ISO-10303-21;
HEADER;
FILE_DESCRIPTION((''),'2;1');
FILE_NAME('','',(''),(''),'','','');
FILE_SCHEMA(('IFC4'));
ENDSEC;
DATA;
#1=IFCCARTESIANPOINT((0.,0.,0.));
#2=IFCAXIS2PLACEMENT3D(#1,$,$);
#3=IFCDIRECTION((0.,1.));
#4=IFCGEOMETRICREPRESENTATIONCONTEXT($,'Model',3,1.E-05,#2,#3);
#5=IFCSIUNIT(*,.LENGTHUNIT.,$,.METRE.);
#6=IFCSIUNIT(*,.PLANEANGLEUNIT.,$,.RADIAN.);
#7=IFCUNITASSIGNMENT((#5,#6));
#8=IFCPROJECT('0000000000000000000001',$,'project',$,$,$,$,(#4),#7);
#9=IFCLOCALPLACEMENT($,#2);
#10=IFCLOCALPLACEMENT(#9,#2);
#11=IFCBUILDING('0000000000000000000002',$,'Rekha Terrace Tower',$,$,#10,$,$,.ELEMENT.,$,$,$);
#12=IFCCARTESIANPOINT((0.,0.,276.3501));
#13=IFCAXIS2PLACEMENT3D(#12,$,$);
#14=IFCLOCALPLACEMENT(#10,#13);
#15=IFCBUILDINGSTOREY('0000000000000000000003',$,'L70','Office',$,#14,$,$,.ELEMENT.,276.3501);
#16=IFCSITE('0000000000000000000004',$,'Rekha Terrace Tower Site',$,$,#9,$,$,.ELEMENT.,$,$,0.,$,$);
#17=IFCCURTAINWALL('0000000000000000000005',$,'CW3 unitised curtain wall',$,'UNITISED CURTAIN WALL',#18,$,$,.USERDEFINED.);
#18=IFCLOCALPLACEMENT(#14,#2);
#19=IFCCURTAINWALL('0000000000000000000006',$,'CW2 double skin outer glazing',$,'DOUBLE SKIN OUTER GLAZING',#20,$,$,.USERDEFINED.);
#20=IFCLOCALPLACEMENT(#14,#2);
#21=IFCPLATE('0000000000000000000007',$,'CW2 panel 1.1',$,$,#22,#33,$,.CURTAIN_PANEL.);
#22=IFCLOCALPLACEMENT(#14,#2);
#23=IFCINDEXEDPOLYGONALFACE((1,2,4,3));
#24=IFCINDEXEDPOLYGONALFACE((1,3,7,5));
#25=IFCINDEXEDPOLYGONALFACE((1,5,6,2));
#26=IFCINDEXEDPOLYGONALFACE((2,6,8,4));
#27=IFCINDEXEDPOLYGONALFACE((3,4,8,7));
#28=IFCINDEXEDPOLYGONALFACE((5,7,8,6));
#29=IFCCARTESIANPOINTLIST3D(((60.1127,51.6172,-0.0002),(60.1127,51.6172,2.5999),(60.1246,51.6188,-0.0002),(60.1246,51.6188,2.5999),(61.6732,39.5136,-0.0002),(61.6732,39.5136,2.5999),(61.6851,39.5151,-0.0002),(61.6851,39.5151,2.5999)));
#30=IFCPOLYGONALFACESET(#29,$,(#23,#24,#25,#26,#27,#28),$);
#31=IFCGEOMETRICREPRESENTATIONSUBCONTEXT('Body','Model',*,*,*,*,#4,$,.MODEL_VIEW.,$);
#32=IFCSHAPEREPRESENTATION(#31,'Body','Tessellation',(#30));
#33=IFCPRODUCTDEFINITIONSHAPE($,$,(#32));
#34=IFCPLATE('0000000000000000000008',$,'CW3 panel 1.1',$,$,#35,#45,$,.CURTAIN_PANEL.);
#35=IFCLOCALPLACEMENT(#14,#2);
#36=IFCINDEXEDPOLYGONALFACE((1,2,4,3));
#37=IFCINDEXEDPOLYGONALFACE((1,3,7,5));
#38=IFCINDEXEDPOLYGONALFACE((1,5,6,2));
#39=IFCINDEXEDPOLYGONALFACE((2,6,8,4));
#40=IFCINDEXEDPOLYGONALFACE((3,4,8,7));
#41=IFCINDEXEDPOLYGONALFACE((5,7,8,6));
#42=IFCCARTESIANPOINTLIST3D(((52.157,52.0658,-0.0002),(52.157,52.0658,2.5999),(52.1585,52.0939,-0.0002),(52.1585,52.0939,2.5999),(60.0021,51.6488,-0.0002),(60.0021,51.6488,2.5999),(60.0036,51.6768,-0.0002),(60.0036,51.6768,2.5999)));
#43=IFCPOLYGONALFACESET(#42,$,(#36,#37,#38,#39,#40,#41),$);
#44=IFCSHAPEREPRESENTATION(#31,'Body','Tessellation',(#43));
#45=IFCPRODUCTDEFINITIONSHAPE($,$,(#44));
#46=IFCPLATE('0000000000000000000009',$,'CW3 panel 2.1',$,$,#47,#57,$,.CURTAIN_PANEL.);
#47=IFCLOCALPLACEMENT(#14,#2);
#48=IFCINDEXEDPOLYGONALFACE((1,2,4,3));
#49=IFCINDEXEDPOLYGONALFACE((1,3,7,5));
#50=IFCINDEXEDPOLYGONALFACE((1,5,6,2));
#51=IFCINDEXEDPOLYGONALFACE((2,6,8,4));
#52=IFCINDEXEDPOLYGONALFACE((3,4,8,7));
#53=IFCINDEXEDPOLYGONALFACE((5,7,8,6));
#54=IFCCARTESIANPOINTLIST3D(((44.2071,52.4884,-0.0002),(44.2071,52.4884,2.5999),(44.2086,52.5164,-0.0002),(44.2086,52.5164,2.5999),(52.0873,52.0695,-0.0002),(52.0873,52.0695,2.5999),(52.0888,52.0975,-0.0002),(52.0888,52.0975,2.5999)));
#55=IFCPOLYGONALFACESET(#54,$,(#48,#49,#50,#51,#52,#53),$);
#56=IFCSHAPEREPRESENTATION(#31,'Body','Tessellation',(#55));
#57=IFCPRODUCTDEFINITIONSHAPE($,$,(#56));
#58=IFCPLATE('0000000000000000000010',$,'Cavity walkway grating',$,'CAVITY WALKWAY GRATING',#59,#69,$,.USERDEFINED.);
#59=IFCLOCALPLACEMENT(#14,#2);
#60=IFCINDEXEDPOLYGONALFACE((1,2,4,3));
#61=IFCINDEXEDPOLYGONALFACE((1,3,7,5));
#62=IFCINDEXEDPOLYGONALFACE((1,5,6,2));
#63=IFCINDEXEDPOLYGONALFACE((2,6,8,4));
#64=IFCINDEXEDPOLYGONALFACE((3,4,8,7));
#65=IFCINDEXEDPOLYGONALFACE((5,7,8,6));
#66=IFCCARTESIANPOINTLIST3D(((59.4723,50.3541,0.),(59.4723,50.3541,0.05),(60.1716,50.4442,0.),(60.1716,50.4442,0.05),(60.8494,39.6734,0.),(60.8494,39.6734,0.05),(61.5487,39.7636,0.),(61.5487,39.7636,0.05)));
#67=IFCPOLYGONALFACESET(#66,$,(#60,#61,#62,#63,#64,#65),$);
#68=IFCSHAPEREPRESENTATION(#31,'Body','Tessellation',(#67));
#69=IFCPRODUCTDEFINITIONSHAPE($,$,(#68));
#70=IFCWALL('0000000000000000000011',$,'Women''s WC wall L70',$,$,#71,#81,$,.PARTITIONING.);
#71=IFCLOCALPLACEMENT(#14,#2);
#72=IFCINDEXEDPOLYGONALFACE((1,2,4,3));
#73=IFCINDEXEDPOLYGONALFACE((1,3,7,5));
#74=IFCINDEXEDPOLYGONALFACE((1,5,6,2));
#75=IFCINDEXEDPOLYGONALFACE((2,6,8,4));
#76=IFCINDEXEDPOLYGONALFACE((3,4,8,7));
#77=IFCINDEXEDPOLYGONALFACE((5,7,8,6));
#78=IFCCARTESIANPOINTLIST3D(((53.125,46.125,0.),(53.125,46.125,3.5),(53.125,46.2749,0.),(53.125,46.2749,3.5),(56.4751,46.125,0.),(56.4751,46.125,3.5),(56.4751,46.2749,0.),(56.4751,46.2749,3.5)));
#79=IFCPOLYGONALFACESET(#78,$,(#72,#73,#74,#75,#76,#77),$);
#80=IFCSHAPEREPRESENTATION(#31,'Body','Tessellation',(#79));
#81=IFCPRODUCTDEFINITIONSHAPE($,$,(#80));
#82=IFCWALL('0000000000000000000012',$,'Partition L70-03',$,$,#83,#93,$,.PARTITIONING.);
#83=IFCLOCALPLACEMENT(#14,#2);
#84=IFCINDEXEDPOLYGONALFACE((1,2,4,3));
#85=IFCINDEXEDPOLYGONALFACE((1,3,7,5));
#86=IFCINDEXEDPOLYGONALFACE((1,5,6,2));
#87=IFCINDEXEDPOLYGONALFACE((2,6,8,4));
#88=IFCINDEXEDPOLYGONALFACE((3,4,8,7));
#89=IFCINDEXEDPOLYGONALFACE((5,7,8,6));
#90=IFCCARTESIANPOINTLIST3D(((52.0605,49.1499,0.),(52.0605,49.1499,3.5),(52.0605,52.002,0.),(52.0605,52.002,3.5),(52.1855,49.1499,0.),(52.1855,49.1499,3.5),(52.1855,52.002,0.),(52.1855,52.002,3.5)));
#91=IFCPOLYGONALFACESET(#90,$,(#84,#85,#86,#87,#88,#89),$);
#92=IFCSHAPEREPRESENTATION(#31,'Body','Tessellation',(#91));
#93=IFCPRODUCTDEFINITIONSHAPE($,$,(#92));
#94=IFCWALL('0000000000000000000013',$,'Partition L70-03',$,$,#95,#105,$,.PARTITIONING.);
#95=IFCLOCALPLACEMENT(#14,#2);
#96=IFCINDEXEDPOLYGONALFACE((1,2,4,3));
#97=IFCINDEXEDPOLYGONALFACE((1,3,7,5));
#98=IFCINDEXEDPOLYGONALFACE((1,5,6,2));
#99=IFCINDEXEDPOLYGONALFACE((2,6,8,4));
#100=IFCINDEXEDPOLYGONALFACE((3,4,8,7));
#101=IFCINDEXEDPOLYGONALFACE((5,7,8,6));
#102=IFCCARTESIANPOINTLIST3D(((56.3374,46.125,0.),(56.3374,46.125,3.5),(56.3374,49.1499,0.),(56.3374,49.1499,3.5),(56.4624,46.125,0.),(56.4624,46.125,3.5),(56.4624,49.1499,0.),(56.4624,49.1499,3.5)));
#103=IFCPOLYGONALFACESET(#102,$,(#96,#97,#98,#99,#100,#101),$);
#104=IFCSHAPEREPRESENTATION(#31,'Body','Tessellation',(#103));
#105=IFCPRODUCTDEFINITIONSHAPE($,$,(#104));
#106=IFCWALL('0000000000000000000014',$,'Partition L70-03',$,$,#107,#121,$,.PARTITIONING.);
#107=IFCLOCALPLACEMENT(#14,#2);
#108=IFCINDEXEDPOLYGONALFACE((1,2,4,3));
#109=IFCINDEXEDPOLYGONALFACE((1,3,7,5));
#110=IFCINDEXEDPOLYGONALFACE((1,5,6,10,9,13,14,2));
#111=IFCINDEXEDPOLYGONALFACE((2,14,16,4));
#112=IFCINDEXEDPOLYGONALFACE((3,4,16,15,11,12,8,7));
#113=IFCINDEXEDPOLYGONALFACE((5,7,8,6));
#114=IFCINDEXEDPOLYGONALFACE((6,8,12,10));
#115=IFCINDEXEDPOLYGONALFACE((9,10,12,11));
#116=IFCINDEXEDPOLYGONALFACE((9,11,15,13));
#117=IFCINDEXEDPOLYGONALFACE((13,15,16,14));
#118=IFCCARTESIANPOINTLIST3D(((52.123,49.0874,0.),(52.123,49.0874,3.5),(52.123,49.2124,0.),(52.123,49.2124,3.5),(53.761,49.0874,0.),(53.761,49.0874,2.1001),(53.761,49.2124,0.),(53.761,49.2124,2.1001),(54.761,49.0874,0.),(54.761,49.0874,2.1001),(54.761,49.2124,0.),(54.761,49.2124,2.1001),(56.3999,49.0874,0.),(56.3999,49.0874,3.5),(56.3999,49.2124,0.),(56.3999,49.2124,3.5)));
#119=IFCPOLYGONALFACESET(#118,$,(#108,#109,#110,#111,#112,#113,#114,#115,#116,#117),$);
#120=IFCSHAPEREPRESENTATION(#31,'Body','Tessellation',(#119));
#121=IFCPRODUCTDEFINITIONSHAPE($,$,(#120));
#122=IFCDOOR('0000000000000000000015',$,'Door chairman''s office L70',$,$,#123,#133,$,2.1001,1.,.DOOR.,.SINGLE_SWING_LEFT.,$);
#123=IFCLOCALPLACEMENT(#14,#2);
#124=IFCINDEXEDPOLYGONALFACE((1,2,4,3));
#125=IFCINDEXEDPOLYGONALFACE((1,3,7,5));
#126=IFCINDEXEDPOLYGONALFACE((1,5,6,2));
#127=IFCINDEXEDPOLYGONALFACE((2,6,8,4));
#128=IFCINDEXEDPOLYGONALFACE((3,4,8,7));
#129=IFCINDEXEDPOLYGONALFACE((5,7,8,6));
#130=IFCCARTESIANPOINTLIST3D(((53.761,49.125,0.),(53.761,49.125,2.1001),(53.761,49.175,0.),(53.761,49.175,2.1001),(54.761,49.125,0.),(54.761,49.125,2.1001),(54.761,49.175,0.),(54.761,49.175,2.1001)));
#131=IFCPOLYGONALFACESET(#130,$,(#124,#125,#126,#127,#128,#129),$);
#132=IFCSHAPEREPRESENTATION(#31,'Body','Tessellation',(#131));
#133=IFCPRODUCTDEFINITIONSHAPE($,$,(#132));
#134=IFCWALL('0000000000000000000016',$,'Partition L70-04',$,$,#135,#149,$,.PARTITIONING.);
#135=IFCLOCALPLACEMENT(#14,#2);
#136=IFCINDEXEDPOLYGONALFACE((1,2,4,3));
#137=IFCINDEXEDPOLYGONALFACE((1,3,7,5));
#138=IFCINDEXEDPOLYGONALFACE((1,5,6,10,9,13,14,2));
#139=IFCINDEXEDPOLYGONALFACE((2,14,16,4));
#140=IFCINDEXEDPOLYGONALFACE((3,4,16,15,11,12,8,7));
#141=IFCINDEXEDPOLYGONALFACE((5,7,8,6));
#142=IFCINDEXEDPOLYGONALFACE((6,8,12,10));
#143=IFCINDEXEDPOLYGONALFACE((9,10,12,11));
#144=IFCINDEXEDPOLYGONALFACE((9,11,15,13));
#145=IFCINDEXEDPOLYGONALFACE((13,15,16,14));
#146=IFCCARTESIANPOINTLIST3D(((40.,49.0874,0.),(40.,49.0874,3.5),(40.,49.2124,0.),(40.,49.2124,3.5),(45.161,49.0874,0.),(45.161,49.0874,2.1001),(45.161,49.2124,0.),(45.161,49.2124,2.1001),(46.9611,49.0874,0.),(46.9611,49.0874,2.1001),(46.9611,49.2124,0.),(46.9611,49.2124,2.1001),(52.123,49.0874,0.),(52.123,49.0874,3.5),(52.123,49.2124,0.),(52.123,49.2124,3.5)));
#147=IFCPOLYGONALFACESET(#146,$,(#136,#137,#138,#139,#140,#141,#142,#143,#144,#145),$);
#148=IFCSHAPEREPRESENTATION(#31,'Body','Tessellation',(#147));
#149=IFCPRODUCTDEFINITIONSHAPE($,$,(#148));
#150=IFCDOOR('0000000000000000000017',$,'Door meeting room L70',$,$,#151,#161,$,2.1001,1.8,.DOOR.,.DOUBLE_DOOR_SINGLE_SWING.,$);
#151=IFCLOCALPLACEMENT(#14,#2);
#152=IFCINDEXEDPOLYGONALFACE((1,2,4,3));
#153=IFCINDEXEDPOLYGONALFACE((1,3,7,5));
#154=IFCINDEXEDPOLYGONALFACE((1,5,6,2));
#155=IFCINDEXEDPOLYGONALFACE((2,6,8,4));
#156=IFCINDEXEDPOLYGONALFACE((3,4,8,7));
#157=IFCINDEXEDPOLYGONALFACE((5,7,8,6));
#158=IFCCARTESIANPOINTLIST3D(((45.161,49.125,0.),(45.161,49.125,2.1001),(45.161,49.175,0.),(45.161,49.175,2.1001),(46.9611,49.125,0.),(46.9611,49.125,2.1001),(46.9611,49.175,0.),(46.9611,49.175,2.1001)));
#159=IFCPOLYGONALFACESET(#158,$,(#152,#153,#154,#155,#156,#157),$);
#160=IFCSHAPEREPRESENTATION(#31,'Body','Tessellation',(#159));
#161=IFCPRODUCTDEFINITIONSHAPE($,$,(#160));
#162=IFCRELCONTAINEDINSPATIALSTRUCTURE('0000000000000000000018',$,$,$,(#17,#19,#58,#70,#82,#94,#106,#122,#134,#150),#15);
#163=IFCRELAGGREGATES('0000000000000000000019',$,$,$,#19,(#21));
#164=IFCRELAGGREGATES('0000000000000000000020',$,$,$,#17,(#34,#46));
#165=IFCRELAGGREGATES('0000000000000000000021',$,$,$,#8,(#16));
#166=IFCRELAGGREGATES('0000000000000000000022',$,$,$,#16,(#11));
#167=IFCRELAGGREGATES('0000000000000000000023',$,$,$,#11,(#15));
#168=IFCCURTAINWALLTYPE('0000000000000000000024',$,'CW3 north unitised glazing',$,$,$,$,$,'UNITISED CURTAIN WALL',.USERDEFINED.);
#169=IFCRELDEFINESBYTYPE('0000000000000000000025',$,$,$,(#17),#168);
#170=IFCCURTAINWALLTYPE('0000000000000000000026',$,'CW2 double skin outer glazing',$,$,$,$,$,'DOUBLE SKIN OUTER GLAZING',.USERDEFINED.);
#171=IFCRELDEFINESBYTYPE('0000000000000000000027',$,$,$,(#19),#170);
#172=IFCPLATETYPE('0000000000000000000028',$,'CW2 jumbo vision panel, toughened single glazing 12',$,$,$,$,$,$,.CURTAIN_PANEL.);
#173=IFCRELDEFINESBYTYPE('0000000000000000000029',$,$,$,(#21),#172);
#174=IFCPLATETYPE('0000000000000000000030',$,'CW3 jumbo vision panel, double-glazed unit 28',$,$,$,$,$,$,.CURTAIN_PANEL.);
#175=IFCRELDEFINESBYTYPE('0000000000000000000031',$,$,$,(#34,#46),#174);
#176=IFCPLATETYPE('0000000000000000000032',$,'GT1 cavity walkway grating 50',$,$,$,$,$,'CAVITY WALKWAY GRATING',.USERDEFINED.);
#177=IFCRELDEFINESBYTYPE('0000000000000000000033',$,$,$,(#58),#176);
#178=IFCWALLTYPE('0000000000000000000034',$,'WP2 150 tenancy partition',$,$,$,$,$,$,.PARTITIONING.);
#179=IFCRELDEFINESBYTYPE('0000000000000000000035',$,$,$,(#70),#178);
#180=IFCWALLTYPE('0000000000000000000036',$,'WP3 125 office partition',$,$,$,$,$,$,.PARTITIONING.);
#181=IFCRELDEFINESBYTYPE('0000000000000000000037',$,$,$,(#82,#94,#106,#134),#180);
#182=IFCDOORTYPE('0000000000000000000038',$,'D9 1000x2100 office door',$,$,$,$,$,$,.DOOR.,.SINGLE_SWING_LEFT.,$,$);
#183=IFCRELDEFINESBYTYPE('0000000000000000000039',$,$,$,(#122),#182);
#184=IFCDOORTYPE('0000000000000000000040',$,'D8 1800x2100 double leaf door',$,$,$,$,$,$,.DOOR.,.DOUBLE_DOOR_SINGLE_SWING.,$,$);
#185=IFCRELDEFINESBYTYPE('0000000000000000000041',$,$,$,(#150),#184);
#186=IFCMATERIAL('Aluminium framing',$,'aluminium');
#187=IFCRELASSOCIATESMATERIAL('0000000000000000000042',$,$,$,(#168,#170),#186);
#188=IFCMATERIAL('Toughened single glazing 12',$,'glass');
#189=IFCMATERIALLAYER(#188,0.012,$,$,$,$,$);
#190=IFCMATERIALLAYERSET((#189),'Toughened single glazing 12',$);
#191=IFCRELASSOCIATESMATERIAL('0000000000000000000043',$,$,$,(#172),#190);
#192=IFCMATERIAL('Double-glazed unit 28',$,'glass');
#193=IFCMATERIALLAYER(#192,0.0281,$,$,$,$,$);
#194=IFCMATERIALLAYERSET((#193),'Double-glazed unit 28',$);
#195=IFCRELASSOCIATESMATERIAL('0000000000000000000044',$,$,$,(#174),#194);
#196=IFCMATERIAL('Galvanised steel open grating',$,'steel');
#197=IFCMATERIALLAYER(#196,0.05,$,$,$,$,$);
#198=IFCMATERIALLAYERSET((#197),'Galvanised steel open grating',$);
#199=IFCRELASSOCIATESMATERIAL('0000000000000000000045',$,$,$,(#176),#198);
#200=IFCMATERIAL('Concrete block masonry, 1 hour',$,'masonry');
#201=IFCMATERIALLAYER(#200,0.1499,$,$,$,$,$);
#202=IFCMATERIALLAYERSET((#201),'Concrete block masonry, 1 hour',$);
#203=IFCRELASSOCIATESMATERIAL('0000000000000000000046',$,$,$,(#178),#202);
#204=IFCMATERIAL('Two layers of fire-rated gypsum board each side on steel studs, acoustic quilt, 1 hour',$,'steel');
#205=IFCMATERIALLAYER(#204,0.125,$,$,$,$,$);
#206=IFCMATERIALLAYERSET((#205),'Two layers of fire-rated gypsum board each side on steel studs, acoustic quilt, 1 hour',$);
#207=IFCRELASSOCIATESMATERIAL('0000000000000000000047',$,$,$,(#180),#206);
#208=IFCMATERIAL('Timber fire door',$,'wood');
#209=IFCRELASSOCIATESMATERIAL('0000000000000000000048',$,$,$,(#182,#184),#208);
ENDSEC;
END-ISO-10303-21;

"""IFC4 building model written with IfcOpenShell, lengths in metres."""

from ifc_helpers import new_model, si_unit, direction, frame, frame_2d, origin, origin_2d, place, context, subcontext, project, spatial, rectangle, extrude, material, layer, layer_set, type_object, element, fill, aggregate, save


model = new_model("IFC4")

# Units and contexts
model_context = context("Model", 3, precision=1e-05, world=origin(), true_north=direction((0.0, 1.0)))
body_context = subcontext(model_context, "Body", "Model", "MODEL_VIEW")
ifc_project = project(units=[si_unit("LENGTHUNIT", "METRE"), si_unit("PLANEANGLEUNIT", "RADIAN")], contexts=[model_context])

# Site, building, storey
site_placement = place(None, origin())
site = spatial("IfcSite", under=ifc_project, at=site_placement, Name="Rekha Terrace Tower Site", CompositionType="ELEMENT", RefElevation=0.0)
building_placement = place(site_placement, origin())
building = spatial("IfcBuilding", under=site, at=building_placement, Name="Rekha Terrace Tower", CompositionType="ELEMENT")
storey_placement = place(building_placement, frame((0.0, 0.0, 276.3501)))
storey = spatial("IfcBuildingStorey", under=building, at=storey_placement, Name="L70", Description="Office", CompositionType="ELEMENT", Elevation=276.3501)

# Curtain walls
ifc_material_1 = material(Name="Aluminium framing", Category="aluminium")
curtain_wall_type_1 = type_object("IfcCurtainWallType", Name="CW3 north unitised glazing", ElementType="UNITISED CURTAIN WALL", PredefinedType="USERDEFINED", material=ifc_material_1)
curtain_wall_1_placement = place(storey_placement, origin())
curtain_wall_1 = element("IfcCurtainWall", 1, at=curtain_wall_1_placement, inside=storey, type_object=curtain_wall_type_1, Name="CW3 unitised curtain wall", ObjectType="UNITISED CURTAIN WALL", PredefinedType="USERDEFINED")
curtain_wall_type_2 = type_object("IfcCurtainWallType", Name="CW2 double skin outer glazing", ElementType="DOUBLE SKIN OUTER GLAZING", PredefinedType="USERDEFINED", material=ifc_material_1)
curtain_wall_2_placement = place(storey_placement, origin())
curtain_wall_2 = element("IfcCurtainWall", 2, at=curtain_wall_2_placement, inside=storey, type_object=curtain_wall_type_2, Name="CW2 double skin outer glazing", ObjectType="DOUBLE SKIN OUTER GLAZING", PredefinedType="USERDEFINED")

# Plates
ifc_material_2 = material(Name="Toughened single glazing 12", Category="glass")
ifc_layer_1 = layer(ifc_material_2, 0.012)
ifc_layer_set_1 = layer_set([ifc_layer_1], Name="Toughened single glazing 12")
plate_type_1 = type_object("IfcPlateType", Name="CW2 jumbo vision panel, toughened single glazing 12", PredefinedType="CURTAIN_PANEL", material=ifc_layer_set_1)
plate_1_placement = place(storey_placement, frame((60.8989, 45.5662, -0.0002), z_axis=(0.0, 0.0, 1.0), x_axis=(-0.12787, 0.991791, 0.0)))
plate_1 = element("IfcPlate", 3, at=plate_1_placement, type_object=plate_type_1, Name="CW2 panel 1.1", PredefinedType="CURTAIN_PANEL", context=body_context, shape_type="SweptSolid", body=[
    extrude(rectangle(XDim=12.2039, YDim=0.012, at=origin_2d()), origin(), (0.0, 0.0, 1.0), 2.6001),
])
aggregate(curtain_wall_2, [plate_1])
ifc_material_3 = material(Name="Double-glazed unit 28", Category="glass")
ifc_layer_2 = layer(ifc_material_3, 0.0281)
ifc_layer_set_2 = layer_set([ifc_layer_2], Name="Double-glazed unit 28")
plate_type_2 = type_object("IfcPlateType", Name="CW3 jumbo vision panel, double-glazed unit 28", PredefinedType="CURTAIN_PANEL", material=ifc_layer_set_2)
plate_2_placement = place(storey_placement, frame((56.0803, 51.8713, -0.0002), z_axis=(0.0, 0.0, 1.0), x_axis=(-0.99859, 0.053083, 0.0)))
plate_2 = element("IfcPlate", 4, at=plate_2_placement, type_object=plate_type_2, Name="CW3 panel 1.1", PredefinedType="CURTAIN_PANEL", context=body_context, shape_type="SweptSolid", body=[
    extrude(rectangle(XDim=7.8562, YDim=0.0281, at=origin_2d()), origin(), (0.0, 0.0, 1.0), 2.6001),
])
plate_3_placement = place(storey_placement, frame((48.1479, 52.293, -0.0002), z_axis=(0.0, 0.0, 1.0), x_axis=(-0.99859, 0.053083, 0.0)))
plate_3 = element("IfcPlate", 5, at=plate_3_placement, type_object=plate_type_2, Name="CW3 panel 2.1", PredefinedType="CURTAIN_PANEL", context=body_context, shape_type="SweptSolid", body=[
    extrude(rectangle(XDim=7.8914, YDim=0.0281, at=origin_2d()), origin(), (0.0, 0.0, 1.0), 2.6001),
])
aggregate(curtain_wall_1, [plate_2, plate_3])
ifc_material_4 = material(Name="Galvanised steel open grating", Category="steel")
ifc_layer_3 = layer(ifc_material_4, 0.05)
ifc_layer_set_3 = layer_set([ifc_layer_3], Name="Galvanised steel open grating")
plate_type_3 = type_object("IfcPlateType", Name="GT1 cavity walkway grating 50", ElementType="CAVITY WALKWAY GRATING", PredefinedType="USERDEFINED", material=ifc_layer_set_3)
plate_4_placement = place(storey_placement, frame((60.5105, 45.0588, 0.0), z_axis=(0.0, 0.0, 1.0), x_axis=(-0.12787, 0.991791, 0.0)))
element("IfcPlate", 6, at=plate_4_placement, inside=storey, type_object=plate_type_3, Name="Cavity walkway grating", ObjectType="CAVITY WALKWAY GRATING", PredefinedType="USERDEFINED", context=body_context, shape_type="SweptSolid", body=[
    extrude(rectangle(XDim=10.769, YDim=0.7051, at=origin_2d()), origin(), (0.0, 0.0, 1.0), 0.05),
])

# Walls
ifc_material_5 = material(Name="Concrete block masonry, 1 hour", Category="masonry")
ifc_layer_4 = layer(ifc_material_5, 0.1499)
ifc_layer_set_4 = layer_set([ifc_layer_4], Name="Concrete block masonry, 1 hour")
wall_type_1 = type_object("IfcWallType", Name="WP2 150 tenancy partition", PredefinedType="PARTITIONING", material=ifc_layer_set_4)
wall_1_placement = place(storey_placement, frame((53.125, 46.2, 0.0), z_axis=(0.0, 0.0, 1.0), x_axis=(1.0, 0.0, 0.0)))
element("IfcWall", 7, at=wall_1_placement, inside=storey, type_object=wall_type_1, Name="Women's WC wall L70", PredefinedType="PARTITIONING", context=body_context, shape_type="SweptSolid", body=[
    extrude(rectangle(XDim=3.3501, YDim=0.1499, at=frame_2d((1.675, 0.0))), origin(), (0.0, 0.0, 1.0), 3.5),
])
ifc_material_6 = material(Name="Two layers of fire-rated gypsum board each side on steel studs, acoustic quilt, 1 hour", Category="steel")
ifc_layer_5 = layer(ifc_material_6, 0.125)
ifc_layer_set_5 = layer_set([ifc_layer_5], Name="Two layers of fire-rated gypsum board each side on steel studs, acoustic quilt, 1 hour")
wall_type_2 = type_object("IfcWallType", Name="WP3 125 office partition", PredefinedType="PARTITIONING", material=ifc_layer_set_5)
wall_2_placement = place(storey_placement, frame((52.123, 49.1499, 0.0), z_axis=(0.0, 0.0, 1.0), x_axis=(0.0, 1.0, 0.0)))
element("IfcWall", 8, at=wall_2_placement, inside=storey, type_object=wall_type_2, Name="Partition L70-03", PredefinedType="PARTITIONING", context=body_context, shape_type="SweptSolid", body=[
    extrude(rectangle(XDim=2.8521, YDim=0.125, at=frame_2d((1.426, 0.0))), origin(), (0.0, 0.0, 1.0), 3.5),
])
wall_3_placement = place(storey_placement, frame((56.3999, 46.125, 0.0), z_axis=(0.0, 0.0, 1.0), x_axis=(0.0, 1.0, 0.0)))
element("IfcWall", 9, at=wall_3_placement, inside=storey, type_object=wall_type_2, Name="Partition L70-03", PredefinedType="PARTITIONING", context=body_context, shape_type="SweptSolid", body=[
    extrude(rectangle(XDim=3.0249, YDim=0.125, at=frame_2d((1.5125, 0.0))), origin(), (0.0, 0.0, 1.0), 3.5),
])

# Walls, openings, doors
wall_4_placement = place(storey_placement, frame((56.3999, 49.1499, 0.0), z_axis=(0.0, 0.0, 1.0), x_axis=(-1.0, 0.0, 0.0)))
wall_4 = element("IfcWall", 10, at=wall_4_placement, inside=storey, type_object=wall_type_2, Name="Partition L70-03", PredefinedType="PARTITIONING", context=body_context, shape_type="SweptSolid", body=[
    extrude(rectangle(XDim=4.2769, YDim=0.125, at=frame_2d((2.1384, 0.0))), origin(), (0.0, 0.0, 1.0), 3.5),
])
opening_1_placement = place(wall_4_placement, frame((1.6389, 0.0, 0.0)))
opening_1 = element("IfcOpeningElement", 11, at=opening_1_placement, cuts=wall_4, PredefinedType="OPENING", context=body_context, shape_type="SweptSolid", body=[
    extrude(rectangle(XDim=1.0, YDim=2.1001, at=frame_2d((0.5, 1.05))), frame((0.0, 0.0725, 0.0), z_axis=(0.0, -1.0, 0.0), x_axis=(1.0, 0.0, 0.0)), (0.0, 0.0, 1.0), 0.145),
])
ifc_material_7 = material(Name="Timber fire door", Category="wood")
door_type_1 = type_object("IfcDoorType", Name="D9 1000x2100 office door", OperationType="SINGLE_SWING_LEFT", PredefinedType="DOOR", material=ifc_material_7)
door_1_placement = place(opening_1_placement, origin())
door_1 = element("IfcDoor", 12, at=door_1_placement, inside=storey, type_object=door_type_1, Name="Door chairman's office L70", OperationType="SINGLE_SWING_LEFT", OverallHeight=2.1001, OverallWidth=1.0, PredefinedType="DOOR", context=body_context, shape_type="SweptSolid", body=[
    extrude(rectangle(XDim=1.0, YDim=2.1001, at=frame_2d((0.5, 1.05))), frame((0.0, 0.0249, 0.0), z_axis=(0.0, -1.0, 0.0), x_axis=(1.0, 0.0, 0.0)), (0.0, 0.0, 1.0), 0.05),
])
fill(opening_1, door_1)
wall_5_placement = place(storey_placement, frame((52.123, 49.1499, 0.0), z_axis=(0.0, 0.0, 1.0), x_axis=(-1.0, 0.0, 0.0)))
wall_5 = element("IfcWall", 13, at=wall_5_placement, inside=storey, type_object=wall_type_2, Name="Partition L70-04", PredefinedType="PARTITIONING", context=body_context, shape_type="SweptSolid", body=[
    extrude(rectangle(XDim=12.123, YDim=0.125, at=frame_2d((6.0615, 0.0))), origin(), (0.0, 0.0, 1.0), 3.5),
])
opening_2_placement = place(wall_5_placement, frame((5.1621, 0.0, 0.0)))
opening_2 = element("IfcOpeningElement", 14, at=opening_2_placement, cuts=wall_5, PredefinedType="OPENING", context=body_context, shape_type="SweptSolid", body=[
    extrude(rectangle(XDim=1.8, YDim=2.1001, at=frame_2d((0.8999, 1.05))), frame((0.0, 0.0725, 0.0), z_axis=(0.0, -1.0, 0.0), x_axis=(1.0, 0.0, 0.0)), (0.0, 0.0, 1.0), 0.145),
])
door_type_2 = type_object("IfcDoorType", Name="D8 1800x2100 double leaf door", OperationType="DOUBLE_DOOR_SINGLE_SWING", PredefinedType="DOOR", material=ifc_material_7)
door_2_placement = place(opening_2_placement, origin())
door_2 = element("IfcDoor", 15, at=door_2_placement, inside=storey, type_object=door_type_2, Name="Door meeting room L70", OperationType="DOUBLE_DOOR_SINGLE_SWING", OverallHeight=2.1001, OverallWidth=1.8, PredefinedType="DOOR", context=body_context, shape_type="SweptSolid", body=[
    extrude(rectangle(XDim=1.8, YDim=2.1001, at=frame_2d((0.8999, 1.05))), frame((0.0, 0.0249, 0.0), z_axis=(0.0, -1.0, 0.0), x_axis=(1.0, 0.0, 0.0)), (0.0, 0.0, 1.0), 0.05),
])
fill(opening_2, door_2)

save(model, "model.ifc")
